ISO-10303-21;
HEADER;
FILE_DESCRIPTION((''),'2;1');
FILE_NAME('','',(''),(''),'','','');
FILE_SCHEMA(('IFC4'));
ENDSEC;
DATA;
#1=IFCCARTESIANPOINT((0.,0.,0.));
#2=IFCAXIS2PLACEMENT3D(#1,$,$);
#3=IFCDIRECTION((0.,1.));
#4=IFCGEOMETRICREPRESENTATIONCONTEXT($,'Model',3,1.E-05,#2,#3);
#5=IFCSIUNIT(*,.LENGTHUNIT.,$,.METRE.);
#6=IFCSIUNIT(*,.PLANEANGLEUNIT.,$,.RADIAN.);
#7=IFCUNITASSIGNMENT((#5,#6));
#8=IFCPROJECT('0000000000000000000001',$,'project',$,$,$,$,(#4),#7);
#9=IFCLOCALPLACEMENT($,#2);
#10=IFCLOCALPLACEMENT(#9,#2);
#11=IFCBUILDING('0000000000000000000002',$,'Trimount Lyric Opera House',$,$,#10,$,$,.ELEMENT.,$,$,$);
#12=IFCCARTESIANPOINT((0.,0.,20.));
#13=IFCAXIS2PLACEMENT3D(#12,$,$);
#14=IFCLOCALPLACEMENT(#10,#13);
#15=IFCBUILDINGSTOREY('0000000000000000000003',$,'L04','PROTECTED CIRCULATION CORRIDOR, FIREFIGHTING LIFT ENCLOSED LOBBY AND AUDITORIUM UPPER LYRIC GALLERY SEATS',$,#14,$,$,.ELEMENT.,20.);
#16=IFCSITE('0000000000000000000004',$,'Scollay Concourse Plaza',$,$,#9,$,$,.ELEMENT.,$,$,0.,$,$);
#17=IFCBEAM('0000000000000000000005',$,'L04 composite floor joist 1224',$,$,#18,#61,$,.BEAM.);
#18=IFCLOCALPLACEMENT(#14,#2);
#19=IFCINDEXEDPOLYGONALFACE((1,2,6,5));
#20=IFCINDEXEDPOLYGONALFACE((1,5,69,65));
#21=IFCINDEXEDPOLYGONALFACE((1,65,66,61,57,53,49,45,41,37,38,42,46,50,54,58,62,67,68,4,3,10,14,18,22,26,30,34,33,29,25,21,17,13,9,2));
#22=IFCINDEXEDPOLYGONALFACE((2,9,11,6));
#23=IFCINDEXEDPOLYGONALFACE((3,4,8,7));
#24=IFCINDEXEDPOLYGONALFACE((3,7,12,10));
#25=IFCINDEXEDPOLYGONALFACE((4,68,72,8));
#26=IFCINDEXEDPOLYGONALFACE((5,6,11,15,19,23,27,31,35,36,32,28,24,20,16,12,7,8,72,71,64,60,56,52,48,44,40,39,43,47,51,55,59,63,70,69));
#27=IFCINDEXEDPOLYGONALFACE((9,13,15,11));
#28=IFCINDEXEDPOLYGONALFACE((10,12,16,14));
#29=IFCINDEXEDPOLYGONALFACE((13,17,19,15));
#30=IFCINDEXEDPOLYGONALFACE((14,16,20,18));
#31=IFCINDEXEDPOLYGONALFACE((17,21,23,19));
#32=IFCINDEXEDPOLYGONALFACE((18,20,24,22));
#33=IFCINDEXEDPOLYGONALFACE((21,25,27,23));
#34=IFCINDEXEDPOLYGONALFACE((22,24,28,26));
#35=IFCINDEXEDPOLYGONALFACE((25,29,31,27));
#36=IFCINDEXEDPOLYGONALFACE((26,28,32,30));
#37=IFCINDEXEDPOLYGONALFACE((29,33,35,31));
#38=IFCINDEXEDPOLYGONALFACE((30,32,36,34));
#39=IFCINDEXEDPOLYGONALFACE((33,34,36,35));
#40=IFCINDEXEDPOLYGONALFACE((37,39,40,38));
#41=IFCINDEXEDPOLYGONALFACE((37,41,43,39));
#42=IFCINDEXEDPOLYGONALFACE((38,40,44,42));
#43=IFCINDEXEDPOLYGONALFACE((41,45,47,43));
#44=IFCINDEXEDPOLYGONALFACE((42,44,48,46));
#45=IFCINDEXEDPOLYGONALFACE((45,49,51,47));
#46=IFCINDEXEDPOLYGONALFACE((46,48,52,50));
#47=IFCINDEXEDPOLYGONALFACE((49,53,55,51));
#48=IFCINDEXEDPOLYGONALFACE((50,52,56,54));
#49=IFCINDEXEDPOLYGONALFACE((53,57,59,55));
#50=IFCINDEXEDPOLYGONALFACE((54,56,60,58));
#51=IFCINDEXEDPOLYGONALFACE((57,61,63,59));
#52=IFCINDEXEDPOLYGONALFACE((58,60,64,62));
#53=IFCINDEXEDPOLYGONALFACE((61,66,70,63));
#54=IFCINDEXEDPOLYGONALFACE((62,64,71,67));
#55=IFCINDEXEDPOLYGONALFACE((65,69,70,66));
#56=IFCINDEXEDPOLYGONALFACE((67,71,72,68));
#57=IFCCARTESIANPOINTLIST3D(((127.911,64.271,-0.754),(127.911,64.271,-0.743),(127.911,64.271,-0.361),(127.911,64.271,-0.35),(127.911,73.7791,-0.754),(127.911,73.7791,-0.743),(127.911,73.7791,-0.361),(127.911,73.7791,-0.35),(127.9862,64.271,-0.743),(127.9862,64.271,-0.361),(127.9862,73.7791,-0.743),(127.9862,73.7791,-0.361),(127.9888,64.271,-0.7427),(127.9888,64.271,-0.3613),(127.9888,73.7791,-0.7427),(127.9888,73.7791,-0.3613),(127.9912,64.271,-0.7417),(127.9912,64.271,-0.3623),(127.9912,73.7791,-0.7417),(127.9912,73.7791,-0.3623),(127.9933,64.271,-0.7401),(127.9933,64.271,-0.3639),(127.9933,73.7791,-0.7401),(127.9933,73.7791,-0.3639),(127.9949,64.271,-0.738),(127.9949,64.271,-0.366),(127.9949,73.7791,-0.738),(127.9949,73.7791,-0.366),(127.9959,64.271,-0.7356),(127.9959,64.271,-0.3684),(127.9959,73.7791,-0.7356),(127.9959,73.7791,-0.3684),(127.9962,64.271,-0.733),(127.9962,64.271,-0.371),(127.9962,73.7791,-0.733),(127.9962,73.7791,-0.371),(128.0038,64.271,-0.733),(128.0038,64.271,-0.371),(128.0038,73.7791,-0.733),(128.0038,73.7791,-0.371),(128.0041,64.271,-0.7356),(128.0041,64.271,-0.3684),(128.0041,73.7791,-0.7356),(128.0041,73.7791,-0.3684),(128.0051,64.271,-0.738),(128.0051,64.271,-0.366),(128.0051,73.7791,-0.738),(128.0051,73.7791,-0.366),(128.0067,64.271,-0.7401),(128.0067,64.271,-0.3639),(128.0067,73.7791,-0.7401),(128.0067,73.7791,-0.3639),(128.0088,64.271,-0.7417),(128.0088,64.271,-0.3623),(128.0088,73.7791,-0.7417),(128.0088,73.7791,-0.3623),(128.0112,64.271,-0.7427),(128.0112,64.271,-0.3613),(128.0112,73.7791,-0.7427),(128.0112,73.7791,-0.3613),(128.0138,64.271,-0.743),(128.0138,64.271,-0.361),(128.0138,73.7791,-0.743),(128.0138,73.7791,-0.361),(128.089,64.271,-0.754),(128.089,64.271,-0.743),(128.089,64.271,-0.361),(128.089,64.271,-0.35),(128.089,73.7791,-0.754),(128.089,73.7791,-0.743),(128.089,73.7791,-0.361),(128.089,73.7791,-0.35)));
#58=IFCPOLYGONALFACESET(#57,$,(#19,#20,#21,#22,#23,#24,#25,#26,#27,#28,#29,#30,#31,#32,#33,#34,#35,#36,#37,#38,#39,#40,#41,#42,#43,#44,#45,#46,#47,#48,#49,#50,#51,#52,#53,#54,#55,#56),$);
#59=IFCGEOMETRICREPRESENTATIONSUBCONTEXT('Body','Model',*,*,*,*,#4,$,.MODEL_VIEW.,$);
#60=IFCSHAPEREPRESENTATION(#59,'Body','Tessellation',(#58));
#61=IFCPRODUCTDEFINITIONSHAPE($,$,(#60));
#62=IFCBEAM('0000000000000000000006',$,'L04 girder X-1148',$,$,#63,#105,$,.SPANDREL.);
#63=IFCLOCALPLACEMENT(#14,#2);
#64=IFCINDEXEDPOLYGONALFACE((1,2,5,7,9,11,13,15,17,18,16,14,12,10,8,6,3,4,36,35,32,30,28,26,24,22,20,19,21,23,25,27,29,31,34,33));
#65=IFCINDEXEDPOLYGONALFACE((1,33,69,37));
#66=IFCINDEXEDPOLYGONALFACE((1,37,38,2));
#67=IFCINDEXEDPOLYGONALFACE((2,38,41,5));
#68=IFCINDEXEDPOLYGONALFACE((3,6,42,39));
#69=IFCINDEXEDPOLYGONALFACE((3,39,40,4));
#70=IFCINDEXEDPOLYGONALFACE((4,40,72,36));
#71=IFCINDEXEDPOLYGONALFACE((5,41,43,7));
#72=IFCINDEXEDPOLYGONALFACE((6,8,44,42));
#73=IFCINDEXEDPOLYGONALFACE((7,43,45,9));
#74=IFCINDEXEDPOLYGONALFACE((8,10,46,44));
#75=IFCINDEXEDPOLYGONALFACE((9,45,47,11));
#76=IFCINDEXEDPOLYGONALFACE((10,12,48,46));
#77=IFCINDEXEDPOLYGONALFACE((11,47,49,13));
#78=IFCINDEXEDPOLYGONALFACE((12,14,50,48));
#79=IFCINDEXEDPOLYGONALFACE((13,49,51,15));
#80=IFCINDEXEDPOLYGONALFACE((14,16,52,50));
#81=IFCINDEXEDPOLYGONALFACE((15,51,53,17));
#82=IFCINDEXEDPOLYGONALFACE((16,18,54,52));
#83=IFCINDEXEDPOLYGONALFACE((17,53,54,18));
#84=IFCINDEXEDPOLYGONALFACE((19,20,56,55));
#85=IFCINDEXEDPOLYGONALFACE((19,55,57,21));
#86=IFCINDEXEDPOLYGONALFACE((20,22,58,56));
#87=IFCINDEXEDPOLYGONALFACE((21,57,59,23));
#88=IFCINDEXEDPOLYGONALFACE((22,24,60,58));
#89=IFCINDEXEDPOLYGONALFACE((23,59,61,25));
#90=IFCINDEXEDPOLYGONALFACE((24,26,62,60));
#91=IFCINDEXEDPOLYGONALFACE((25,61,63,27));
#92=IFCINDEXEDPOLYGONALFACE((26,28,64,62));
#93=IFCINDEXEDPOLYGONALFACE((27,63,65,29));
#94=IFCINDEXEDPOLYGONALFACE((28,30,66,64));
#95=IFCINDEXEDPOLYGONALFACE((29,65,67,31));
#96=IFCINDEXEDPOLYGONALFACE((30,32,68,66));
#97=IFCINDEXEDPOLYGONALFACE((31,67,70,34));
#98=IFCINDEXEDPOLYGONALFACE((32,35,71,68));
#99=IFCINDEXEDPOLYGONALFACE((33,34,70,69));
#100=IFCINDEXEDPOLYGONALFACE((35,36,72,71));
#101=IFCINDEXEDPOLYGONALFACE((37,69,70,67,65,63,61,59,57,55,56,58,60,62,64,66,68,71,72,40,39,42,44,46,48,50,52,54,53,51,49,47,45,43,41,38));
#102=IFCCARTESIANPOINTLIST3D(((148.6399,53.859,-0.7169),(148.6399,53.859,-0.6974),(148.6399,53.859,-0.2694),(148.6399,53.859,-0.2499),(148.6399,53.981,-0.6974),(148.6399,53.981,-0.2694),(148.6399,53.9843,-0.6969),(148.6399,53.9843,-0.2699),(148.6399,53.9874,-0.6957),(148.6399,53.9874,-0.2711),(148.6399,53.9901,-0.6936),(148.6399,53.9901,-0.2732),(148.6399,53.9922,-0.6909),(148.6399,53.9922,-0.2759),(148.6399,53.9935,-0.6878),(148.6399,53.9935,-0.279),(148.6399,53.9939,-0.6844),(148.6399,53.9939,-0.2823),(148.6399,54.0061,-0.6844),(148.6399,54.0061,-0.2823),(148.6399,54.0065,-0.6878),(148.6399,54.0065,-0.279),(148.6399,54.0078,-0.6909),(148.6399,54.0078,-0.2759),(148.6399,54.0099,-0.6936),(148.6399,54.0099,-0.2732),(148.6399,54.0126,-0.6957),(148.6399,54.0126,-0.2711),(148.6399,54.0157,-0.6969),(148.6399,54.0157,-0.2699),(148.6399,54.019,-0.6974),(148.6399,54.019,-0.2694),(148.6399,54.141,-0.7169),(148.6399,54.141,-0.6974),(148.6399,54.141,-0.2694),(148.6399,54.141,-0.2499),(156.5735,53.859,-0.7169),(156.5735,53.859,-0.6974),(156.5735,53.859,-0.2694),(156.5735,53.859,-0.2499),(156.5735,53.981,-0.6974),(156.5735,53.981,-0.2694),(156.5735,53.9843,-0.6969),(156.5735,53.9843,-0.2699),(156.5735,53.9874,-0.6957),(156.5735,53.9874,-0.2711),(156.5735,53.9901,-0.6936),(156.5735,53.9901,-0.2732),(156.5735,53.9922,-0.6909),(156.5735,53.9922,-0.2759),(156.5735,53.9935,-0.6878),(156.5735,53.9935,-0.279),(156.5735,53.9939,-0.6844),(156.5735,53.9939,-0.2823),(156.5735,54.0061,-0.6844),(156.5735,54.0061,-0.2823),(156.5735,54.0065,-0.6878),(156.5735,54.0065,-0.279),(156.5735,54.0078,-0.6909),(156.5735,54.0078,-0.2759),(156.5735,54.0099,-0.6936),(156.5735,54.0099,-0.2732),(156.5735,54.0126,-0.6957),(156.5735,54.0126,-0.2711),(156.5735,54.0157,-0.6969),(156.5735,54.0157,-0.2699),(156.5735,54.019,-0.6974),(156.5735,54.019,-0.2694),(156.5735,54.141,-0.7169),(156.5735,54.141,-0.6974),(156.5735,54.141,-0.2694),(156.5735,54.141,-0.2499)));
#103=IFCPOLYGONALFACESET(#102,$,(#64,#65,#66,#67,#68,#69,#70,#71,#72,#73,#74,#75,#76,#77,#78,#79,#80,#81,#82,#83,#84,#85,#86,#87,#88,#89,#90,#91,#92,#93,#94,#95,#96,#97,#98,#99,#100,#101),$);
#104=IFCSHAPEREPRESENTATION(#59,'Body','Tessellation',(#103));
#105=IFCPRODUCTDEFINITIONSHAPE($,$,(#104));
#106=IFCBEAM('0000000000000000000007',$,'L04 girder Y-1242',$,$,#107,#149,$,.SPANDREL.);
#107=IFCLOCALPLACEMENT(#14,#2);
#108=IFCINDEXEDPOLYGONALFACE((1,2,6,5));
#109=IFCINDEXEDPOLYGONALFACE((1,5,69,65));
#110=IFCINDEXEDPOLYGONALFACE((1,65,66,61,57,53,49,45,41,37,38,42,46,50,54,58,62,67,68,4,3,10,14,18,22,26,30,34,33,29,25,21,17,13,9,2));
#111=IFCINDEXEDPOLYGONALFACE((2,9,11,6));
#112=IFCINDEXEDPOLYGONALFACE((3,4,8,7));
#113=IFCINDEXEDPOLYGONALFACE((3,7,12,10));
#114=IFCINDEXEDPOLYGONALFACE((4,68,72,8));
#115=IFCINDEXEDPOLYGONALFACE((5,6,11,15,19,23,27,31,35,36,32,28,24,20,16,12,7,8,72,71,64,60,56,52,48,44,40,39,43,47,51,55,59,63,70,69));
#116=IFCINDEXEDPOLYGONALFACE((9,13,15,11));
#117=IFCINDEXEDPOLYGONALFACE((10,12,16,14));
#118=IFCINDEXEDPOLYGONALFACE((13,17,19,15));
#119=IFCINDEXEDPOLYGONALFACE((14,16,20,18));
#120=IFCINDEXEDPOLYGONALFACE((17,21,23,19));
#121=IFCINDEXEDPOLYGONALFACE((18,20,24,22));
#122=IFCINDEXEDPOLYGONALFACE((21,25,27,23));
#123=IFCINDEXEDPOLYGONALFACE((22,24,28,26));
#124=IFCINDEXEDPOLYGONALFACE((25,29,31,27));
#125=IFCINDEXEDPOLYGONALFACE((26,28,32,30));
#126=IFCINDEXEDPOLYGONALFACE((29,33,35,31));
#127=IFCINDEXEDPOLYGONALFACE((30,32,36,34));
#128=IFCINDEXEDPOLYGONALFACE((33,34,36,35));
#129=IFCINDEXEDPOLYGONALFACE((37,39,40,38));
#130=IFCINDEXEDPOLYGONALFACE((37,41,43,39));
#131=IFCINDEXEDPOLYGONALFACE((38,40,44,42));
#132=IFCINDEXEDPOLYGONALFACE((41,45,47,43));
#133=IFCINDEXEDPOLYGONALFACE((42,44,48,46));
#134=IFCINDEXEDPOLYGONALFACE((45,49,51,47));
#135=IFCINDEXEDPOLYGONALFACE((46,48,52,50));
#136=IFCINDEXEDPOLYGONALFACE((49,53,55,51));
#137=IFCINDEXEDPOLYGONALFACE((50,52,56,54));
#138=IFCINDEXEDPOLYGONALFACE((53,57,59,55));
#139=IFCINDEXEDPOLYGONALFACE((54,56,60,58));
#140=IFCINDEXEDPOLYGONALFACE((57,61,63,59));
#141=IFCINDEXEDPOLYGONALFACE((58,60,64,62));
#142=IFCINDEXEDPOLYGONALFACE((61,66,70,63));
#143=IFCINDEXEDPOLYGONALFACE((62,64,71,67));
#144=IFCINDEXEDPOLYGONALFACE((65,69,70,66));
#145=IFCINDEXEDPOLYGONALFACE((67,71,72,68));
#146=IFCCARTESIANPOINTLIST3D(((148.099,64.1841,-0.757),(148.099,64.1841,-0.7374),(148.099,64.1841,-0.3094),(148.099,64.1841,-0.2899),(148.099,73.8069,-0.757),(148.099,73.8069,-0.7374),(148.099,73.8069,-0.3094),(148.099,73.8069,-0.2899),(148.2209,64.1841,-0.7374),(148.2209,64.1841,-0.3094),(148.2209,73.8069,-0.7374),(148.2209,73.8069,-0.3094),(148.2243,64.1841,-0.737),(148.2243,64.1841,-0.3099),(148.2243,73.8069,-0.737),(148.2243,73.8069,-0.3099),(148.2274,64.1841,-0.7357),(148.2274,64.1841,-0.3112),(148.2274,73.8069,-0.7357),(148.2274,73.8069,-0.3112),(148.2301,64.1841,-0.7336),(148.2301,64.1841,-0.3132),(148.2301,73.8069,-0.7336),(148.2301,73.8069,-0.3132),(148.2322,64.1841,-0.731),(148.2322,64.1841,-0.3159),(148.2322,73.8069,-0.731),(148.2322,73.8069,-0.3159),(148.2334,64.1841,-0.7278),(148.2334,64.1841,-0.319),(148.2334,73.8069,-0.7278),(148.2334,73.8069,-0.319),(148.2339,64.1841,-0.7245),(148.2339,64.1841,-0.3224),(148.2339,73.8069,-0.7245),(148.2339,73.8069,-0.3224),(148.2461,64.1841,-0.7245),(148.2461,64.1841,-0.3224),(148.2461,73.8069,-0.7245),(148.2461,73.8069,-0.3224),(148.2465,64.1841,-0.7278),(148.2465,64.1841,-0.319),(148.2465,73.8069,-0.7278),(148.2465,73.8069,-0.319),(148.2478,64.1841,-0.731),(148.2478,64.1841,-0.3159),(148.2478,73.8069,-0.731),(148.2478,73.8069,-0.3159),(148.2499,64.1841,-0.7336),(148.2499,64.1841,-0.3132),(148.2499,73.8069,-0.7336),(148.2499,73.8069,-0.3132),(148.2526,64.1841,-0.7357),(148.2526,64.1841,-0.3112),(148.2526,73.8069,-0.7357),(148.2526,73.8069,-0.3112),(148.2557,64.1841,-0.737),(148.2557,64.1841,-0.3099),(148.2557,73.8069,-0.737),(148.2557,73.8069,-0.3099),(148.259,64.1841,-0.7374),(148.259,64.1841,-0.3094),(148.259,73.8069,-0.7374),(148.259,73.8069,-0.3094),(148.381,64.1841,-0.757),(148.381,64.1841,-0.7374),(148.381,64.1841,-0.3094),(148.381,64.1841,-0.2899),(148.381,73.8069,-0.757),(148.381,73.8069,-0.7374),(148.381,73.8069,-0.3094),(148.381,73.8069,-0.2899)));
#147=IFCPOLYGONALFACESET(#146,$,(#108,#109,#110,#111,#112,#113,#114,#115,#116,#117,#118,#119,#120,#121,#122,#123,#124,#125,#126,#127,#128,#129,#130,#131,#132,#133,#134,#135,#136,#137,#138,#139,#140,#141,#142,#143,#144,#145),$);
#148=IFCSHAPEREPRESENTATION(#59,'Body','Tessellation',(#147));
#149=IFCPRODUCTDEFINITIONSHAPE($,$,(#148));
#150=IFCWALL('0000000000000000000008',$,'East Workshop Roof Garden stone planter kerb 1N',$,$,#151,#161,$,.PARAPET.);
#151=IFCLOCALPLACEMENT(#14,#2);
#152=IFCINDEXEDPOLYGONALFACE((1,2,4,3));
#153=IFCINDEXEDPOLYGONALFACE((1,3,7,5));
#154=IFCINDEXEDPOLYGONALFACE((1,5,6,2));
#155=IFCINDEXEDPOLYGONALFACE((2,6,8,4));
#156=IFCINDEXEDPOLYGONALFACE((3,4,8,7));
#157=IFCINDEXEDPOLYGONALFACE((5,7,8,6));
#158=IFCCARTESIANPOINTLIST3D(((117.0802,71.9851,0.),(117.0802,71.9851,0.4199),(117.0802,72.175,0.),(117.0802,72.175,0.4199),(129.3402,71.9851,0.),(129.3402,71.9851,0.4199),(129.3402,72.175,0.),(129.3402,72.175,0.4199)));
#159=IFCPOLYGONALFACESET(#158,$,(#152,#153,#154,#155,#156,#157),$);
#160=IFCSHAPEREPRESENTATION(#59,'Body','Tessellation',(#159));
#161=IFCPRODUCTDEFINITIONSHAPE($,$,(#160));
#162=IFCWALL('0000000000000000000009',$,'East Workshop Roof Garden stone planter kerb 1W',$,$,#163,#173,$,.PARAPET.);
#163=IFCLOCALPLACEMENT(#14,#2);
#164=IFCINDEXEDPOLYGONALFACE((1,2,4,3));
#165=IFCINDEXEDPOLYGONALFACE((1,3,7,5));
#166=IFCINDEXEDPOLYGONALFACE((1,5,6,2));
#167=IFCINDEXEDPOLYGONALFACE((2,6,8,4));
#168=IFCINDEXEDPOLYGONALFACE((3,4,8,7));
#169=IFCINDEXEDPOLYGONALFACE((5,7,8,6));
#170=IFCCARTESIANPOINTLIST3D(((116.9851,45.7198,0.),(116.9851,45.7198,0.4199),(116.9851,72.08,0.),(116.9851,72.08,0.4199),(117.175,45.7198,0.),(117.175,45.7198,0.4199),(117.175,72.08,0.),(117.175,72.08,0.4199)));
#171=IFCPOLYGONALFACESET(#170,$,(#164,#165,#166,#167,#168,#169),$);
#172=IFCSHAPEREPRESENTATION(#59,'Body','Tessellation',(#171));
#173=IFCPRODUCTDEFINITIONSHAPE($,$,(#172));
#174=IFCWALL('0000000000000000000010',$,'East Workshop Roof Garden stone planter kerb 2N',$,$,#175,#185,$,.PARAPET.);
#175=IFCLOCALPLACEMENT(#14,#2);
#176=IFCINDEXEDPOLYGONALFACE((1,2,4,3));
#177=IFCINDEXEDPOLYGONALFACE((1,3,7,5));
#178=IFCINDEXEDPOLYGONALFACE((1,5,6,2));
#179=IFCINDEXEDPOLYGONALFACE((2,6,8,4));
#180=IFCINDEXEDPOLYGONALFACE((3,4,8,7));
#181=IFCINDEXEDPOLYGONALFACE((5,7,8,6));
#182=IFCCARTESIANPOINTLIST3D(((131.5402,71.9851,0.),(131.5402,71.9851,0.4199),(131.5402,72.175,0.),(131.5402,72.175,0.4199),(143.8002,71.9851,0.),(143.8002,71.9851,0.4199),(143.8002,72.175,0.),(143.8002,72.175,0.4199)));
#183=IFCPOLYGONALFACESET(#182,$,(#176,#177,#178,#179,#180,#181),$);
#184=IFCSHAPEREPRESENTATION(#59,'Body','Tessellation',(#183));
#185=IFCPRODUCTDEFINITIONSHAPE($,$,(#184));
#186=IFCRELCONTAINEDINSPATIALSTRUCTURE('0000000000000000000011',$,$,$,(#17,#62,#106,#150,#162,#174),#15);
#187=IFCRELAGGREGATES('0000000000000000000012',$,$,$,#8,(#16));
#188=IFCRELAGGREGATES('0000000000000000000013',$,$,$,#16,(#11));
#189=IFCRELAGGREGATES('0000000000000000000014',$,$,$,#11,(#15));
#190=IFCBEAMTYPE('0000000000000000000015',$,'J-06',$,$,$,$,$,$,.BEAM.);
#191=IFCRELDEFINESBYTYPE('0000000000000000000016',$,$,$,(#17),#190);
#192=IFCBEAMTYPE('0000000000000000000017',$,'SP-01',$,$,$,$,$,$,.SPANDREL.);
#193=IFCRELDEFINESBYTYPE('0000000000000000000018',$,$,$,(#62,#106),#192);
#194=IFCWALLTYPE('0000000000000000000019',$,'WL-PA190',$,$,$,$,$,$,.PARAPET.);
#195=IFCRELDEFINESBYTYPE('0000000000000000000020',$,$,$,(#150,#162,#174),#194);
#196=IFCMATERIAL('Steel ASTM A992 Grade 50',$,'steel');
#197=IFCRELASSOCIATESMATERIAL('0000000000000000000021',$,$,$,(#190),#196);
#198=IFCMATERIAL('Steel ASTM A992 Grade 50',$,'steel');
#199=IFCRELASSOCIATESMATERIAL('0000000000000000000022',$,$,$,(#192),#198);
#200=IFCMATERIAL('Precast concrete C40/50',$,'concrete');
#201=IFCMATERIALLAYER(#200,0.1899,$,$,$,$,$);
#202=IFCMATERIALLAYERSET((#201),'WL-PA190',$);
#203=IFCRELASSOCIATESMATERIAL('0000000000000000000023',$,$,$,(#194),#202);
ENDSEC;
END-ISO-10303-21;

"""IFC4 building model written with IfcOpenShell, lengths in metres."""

from ifc_helpers import new_model, si_unit, direction, frame, frame_2d, origin, origin_2d, place, context, subcontext, project, spatial, rectangle, i_section, extrude, material, layer, layer_set, material_profile, profile_set, type_object, element, save


model = new_model("IFC4")

# Units and contexts
model_context = context("Model", 3, precision=1e-05, world=origin(), true_north=direction((0.0, 1.0)))
body_context = subcontext(model_context, "Body", "Model", "MODEL_VIEW")
ifc_project = project(units=[si_unit("LENGTHUNIT", "METRE"), si_unit("PLANEANGLEUNIT", "RADIAN")], contexts=[model_context])

# Site, building, storey
site_placement = place(None, origin())
site = spatial("IfcSite", under=ifc_project, at=site_placement, Name="Scollay Concourse Plaza", CompositionType="ELEMENT", RefElevation=0.0)
building_placement = place(site_placement, origin())
building = spatial("IfcBuilding", under=site, at=building_placement, Name="Trimount Lyric Opera House", CompositionType="ELEMENT")
storey_placement = place(building_placement, frame((0.0, 0.0, 20.0)))
storey = spatial("IfcBuildingStorey", under=building, at=storey_placement, Name="L04", Description="PROTECTED CIRCULATION CORRIDOR, FIREFIGHTING LIFT ENCLOSED LOBBY AND AUDITORIUM UPPER LYRIC GALLERY SEATS", CompositionType="ELEMENT", Elevation=20.0)

# Beams
ifc_material_1 = material(Name="Steel ASTM A992 Grade 50", Category="steel")
ifc_material_profile_1 = material_profile(ifc_material_1, i_section(OverallWidth=0.178, OverallDepth=0.4041, WebThickness=0.0076, FlangeThickness=0.011, FilletRadius=0.01, at=origin_2d()), Name="W16X36")
ifc_profile_set_1 = profile_set([ifc_material_profile_1], Name="Steel ASTM A992 Grade 50")
beam_type_1 = type_object("IfcBeamType", Name="J-06", PredefinedType="BEAM", material=ifc_profile_set_1)
beam_1_placement = place(storey_placement, frame((128.0, 64.271, -0.552), z_axis=(0.0, 1.0, 0.0), x_axis=(-1.0, 0.0, 0.0)))
element("IfcBeam", 1, at=beam_1_placement, inside=storey, type_object=beam_type_1, Name="L04 composite floor joist 1224", PredefinedType="BEAM", context=body_context, shape_type="SweptSolid", body=[
    extrude(i_section(OverallWidth=0.178, OverallDepth=0.4041, WebThickness=0.0076, FlangeThickness=0.011, FilletRadius=0.01, at=origin_2d()), origin(), (0.0, 0.0, 1.0), 9.5081),
])
ifc_material_2 = material(Name="Steel ASTM A992 Grade 50", Category="steel")
ifc_material_profile_2 = material_profile(ifc_material_2, i_section(OverallWidth=0.282, OverallDepth=0.467, WebThickness=0.0122, FlangeThickness=0.0195, FilletRadius=0.0129, at=origin_2d()), Name="W18X86")
ifc_profile_set_2 = profile_set([ifc_material_profile_2], Name="Steel ASTM A992 Grade 50")
beam_type_2 = type_object("IfcBeamType", Name="SP-01", PredefinedType="SPANDREL", material=ifc_profile_set_2)
beam_2_placement = place(storey_placement, frame((148.6399, 54.0, -0.4834), z_axis=(1.0, 0.0, 0.0), x_axis=(0.0, 1.0, 0.0)))
element("IfcBeam", 2, at=beam_2_placement, inside=storey, type_object=beam_type_2, Name="L04 girder X-1148", PredefinedType="SPANDREL", context=body_context, shape_type="SweptSolid", body=[
    extrude(i_section(OverallWidth=0.282, OverallDepth=0.467, WebThickness=0.0122, FlangeThickness=0.0195, FilletRadius=0.0129, at=origin_2d()), origin(), (0.0, 0.0, 1.0), 7.9336),
])
beam_3_placement = place(storey_placement, frame((148.24, 64.1841, -0.5234), z_axis=(0.0, 1.0, 0.0), x_axis=(-1.0, 0.0, 0.0)))
element("IfcBeam", 3, at=beam_3_placement, inside=storey, type_object=beam_type_2, Name="L04 girder Y-1242", PredefinedType="SPANDREL", context=body_context, shape_type="SweptSolid", body=[
    extrude(i_section(OverallWidth=0.282, OverallDepth=0.467, WebThickness=0.0122, FlangeThickness=0.0195, FilletRadius=0.0129, at=origin_2d()), origin(), (0.0, 0.0, 1.0), 9.6228),
])

# Walls
ifc_material_3 = material(Name="Precast concrete C40/50", Category="concrete")
ifc_layer_1 = layer(ifc_material_3, 0.1899)
ifc_layer_set_1 = layer_set([ifc_layer_1], Name="WL-PA190")
wall_type_1 = type_object("IfcWallType", Name="WL-PA190", PredefinedType="PARAPET", material=ifc_layer_set_1)
wall_1_placement = place(storey_placement, frame((129.3401, 72.0801, 0.0), z_axis=(0.0, 0.0, 1.0), x_axis=(-1.0, 0.0, 0.0)))
element("IfcWall", 4, at=wall_1_placement, inside=storey, type_object=wall_type_1, Name="East Workshop Roof Garden stone planter kerb 1N", PredefinedType="PARAPET", context=body_context, shape_type="SweptSolid", body=[
    extrude(rectangle(XDim=12.26, YDim=0.1899, at=frame_2d((6.1299, 0.0))), origin(), (0.0, 0.0, 1.0), 0.4199),
])
wall_2_placement = place(storey_placement, frame((117.0801, 72.0801, 0.0), z_axis=(0.0, 0.0, 1.0), x_axis=(0.0, -1.0, 0.0)))
element("IfcWall", 5, at=wall_2_placement, inside=storey, type_object=wall_type_1, Name="East Workshop Roof Garden stone planter kerb 1W", PredefinedType="PARAPET", context=body_context, shape_type="SweptSolid", body=[
    extrude(rectangle(XDim=26.3601, YDim=0.1899, at=frame_2d((13.1802, 0.0))), origin(), (0.0, 0.0, 1.0), 0.4199),
])
wall_3_placement = place(storey_placement, frame((143.8, 72.0801, 0.0), z_axis=(0.0, 0.0, 1.0), x_axis=(-1.0, 0.0, 0.0)))
element("IfcWall", 6, at=wall_3_placement, inside=storey, type_object=wall_type_1, Name="East Workshop Roof Garden stone planter kerb 2N", PredefinedType="PARAPET", context=body_context, shape_type="SweptSolid", body=[
    extrude(rectangle(XDim=12.26, YDim=0.1899, at=frame_2d((6.1299, 0.0))), origin(), (0.0, 0.0, 1.0), 0.4199),
])

save(model, "model.ifc")
